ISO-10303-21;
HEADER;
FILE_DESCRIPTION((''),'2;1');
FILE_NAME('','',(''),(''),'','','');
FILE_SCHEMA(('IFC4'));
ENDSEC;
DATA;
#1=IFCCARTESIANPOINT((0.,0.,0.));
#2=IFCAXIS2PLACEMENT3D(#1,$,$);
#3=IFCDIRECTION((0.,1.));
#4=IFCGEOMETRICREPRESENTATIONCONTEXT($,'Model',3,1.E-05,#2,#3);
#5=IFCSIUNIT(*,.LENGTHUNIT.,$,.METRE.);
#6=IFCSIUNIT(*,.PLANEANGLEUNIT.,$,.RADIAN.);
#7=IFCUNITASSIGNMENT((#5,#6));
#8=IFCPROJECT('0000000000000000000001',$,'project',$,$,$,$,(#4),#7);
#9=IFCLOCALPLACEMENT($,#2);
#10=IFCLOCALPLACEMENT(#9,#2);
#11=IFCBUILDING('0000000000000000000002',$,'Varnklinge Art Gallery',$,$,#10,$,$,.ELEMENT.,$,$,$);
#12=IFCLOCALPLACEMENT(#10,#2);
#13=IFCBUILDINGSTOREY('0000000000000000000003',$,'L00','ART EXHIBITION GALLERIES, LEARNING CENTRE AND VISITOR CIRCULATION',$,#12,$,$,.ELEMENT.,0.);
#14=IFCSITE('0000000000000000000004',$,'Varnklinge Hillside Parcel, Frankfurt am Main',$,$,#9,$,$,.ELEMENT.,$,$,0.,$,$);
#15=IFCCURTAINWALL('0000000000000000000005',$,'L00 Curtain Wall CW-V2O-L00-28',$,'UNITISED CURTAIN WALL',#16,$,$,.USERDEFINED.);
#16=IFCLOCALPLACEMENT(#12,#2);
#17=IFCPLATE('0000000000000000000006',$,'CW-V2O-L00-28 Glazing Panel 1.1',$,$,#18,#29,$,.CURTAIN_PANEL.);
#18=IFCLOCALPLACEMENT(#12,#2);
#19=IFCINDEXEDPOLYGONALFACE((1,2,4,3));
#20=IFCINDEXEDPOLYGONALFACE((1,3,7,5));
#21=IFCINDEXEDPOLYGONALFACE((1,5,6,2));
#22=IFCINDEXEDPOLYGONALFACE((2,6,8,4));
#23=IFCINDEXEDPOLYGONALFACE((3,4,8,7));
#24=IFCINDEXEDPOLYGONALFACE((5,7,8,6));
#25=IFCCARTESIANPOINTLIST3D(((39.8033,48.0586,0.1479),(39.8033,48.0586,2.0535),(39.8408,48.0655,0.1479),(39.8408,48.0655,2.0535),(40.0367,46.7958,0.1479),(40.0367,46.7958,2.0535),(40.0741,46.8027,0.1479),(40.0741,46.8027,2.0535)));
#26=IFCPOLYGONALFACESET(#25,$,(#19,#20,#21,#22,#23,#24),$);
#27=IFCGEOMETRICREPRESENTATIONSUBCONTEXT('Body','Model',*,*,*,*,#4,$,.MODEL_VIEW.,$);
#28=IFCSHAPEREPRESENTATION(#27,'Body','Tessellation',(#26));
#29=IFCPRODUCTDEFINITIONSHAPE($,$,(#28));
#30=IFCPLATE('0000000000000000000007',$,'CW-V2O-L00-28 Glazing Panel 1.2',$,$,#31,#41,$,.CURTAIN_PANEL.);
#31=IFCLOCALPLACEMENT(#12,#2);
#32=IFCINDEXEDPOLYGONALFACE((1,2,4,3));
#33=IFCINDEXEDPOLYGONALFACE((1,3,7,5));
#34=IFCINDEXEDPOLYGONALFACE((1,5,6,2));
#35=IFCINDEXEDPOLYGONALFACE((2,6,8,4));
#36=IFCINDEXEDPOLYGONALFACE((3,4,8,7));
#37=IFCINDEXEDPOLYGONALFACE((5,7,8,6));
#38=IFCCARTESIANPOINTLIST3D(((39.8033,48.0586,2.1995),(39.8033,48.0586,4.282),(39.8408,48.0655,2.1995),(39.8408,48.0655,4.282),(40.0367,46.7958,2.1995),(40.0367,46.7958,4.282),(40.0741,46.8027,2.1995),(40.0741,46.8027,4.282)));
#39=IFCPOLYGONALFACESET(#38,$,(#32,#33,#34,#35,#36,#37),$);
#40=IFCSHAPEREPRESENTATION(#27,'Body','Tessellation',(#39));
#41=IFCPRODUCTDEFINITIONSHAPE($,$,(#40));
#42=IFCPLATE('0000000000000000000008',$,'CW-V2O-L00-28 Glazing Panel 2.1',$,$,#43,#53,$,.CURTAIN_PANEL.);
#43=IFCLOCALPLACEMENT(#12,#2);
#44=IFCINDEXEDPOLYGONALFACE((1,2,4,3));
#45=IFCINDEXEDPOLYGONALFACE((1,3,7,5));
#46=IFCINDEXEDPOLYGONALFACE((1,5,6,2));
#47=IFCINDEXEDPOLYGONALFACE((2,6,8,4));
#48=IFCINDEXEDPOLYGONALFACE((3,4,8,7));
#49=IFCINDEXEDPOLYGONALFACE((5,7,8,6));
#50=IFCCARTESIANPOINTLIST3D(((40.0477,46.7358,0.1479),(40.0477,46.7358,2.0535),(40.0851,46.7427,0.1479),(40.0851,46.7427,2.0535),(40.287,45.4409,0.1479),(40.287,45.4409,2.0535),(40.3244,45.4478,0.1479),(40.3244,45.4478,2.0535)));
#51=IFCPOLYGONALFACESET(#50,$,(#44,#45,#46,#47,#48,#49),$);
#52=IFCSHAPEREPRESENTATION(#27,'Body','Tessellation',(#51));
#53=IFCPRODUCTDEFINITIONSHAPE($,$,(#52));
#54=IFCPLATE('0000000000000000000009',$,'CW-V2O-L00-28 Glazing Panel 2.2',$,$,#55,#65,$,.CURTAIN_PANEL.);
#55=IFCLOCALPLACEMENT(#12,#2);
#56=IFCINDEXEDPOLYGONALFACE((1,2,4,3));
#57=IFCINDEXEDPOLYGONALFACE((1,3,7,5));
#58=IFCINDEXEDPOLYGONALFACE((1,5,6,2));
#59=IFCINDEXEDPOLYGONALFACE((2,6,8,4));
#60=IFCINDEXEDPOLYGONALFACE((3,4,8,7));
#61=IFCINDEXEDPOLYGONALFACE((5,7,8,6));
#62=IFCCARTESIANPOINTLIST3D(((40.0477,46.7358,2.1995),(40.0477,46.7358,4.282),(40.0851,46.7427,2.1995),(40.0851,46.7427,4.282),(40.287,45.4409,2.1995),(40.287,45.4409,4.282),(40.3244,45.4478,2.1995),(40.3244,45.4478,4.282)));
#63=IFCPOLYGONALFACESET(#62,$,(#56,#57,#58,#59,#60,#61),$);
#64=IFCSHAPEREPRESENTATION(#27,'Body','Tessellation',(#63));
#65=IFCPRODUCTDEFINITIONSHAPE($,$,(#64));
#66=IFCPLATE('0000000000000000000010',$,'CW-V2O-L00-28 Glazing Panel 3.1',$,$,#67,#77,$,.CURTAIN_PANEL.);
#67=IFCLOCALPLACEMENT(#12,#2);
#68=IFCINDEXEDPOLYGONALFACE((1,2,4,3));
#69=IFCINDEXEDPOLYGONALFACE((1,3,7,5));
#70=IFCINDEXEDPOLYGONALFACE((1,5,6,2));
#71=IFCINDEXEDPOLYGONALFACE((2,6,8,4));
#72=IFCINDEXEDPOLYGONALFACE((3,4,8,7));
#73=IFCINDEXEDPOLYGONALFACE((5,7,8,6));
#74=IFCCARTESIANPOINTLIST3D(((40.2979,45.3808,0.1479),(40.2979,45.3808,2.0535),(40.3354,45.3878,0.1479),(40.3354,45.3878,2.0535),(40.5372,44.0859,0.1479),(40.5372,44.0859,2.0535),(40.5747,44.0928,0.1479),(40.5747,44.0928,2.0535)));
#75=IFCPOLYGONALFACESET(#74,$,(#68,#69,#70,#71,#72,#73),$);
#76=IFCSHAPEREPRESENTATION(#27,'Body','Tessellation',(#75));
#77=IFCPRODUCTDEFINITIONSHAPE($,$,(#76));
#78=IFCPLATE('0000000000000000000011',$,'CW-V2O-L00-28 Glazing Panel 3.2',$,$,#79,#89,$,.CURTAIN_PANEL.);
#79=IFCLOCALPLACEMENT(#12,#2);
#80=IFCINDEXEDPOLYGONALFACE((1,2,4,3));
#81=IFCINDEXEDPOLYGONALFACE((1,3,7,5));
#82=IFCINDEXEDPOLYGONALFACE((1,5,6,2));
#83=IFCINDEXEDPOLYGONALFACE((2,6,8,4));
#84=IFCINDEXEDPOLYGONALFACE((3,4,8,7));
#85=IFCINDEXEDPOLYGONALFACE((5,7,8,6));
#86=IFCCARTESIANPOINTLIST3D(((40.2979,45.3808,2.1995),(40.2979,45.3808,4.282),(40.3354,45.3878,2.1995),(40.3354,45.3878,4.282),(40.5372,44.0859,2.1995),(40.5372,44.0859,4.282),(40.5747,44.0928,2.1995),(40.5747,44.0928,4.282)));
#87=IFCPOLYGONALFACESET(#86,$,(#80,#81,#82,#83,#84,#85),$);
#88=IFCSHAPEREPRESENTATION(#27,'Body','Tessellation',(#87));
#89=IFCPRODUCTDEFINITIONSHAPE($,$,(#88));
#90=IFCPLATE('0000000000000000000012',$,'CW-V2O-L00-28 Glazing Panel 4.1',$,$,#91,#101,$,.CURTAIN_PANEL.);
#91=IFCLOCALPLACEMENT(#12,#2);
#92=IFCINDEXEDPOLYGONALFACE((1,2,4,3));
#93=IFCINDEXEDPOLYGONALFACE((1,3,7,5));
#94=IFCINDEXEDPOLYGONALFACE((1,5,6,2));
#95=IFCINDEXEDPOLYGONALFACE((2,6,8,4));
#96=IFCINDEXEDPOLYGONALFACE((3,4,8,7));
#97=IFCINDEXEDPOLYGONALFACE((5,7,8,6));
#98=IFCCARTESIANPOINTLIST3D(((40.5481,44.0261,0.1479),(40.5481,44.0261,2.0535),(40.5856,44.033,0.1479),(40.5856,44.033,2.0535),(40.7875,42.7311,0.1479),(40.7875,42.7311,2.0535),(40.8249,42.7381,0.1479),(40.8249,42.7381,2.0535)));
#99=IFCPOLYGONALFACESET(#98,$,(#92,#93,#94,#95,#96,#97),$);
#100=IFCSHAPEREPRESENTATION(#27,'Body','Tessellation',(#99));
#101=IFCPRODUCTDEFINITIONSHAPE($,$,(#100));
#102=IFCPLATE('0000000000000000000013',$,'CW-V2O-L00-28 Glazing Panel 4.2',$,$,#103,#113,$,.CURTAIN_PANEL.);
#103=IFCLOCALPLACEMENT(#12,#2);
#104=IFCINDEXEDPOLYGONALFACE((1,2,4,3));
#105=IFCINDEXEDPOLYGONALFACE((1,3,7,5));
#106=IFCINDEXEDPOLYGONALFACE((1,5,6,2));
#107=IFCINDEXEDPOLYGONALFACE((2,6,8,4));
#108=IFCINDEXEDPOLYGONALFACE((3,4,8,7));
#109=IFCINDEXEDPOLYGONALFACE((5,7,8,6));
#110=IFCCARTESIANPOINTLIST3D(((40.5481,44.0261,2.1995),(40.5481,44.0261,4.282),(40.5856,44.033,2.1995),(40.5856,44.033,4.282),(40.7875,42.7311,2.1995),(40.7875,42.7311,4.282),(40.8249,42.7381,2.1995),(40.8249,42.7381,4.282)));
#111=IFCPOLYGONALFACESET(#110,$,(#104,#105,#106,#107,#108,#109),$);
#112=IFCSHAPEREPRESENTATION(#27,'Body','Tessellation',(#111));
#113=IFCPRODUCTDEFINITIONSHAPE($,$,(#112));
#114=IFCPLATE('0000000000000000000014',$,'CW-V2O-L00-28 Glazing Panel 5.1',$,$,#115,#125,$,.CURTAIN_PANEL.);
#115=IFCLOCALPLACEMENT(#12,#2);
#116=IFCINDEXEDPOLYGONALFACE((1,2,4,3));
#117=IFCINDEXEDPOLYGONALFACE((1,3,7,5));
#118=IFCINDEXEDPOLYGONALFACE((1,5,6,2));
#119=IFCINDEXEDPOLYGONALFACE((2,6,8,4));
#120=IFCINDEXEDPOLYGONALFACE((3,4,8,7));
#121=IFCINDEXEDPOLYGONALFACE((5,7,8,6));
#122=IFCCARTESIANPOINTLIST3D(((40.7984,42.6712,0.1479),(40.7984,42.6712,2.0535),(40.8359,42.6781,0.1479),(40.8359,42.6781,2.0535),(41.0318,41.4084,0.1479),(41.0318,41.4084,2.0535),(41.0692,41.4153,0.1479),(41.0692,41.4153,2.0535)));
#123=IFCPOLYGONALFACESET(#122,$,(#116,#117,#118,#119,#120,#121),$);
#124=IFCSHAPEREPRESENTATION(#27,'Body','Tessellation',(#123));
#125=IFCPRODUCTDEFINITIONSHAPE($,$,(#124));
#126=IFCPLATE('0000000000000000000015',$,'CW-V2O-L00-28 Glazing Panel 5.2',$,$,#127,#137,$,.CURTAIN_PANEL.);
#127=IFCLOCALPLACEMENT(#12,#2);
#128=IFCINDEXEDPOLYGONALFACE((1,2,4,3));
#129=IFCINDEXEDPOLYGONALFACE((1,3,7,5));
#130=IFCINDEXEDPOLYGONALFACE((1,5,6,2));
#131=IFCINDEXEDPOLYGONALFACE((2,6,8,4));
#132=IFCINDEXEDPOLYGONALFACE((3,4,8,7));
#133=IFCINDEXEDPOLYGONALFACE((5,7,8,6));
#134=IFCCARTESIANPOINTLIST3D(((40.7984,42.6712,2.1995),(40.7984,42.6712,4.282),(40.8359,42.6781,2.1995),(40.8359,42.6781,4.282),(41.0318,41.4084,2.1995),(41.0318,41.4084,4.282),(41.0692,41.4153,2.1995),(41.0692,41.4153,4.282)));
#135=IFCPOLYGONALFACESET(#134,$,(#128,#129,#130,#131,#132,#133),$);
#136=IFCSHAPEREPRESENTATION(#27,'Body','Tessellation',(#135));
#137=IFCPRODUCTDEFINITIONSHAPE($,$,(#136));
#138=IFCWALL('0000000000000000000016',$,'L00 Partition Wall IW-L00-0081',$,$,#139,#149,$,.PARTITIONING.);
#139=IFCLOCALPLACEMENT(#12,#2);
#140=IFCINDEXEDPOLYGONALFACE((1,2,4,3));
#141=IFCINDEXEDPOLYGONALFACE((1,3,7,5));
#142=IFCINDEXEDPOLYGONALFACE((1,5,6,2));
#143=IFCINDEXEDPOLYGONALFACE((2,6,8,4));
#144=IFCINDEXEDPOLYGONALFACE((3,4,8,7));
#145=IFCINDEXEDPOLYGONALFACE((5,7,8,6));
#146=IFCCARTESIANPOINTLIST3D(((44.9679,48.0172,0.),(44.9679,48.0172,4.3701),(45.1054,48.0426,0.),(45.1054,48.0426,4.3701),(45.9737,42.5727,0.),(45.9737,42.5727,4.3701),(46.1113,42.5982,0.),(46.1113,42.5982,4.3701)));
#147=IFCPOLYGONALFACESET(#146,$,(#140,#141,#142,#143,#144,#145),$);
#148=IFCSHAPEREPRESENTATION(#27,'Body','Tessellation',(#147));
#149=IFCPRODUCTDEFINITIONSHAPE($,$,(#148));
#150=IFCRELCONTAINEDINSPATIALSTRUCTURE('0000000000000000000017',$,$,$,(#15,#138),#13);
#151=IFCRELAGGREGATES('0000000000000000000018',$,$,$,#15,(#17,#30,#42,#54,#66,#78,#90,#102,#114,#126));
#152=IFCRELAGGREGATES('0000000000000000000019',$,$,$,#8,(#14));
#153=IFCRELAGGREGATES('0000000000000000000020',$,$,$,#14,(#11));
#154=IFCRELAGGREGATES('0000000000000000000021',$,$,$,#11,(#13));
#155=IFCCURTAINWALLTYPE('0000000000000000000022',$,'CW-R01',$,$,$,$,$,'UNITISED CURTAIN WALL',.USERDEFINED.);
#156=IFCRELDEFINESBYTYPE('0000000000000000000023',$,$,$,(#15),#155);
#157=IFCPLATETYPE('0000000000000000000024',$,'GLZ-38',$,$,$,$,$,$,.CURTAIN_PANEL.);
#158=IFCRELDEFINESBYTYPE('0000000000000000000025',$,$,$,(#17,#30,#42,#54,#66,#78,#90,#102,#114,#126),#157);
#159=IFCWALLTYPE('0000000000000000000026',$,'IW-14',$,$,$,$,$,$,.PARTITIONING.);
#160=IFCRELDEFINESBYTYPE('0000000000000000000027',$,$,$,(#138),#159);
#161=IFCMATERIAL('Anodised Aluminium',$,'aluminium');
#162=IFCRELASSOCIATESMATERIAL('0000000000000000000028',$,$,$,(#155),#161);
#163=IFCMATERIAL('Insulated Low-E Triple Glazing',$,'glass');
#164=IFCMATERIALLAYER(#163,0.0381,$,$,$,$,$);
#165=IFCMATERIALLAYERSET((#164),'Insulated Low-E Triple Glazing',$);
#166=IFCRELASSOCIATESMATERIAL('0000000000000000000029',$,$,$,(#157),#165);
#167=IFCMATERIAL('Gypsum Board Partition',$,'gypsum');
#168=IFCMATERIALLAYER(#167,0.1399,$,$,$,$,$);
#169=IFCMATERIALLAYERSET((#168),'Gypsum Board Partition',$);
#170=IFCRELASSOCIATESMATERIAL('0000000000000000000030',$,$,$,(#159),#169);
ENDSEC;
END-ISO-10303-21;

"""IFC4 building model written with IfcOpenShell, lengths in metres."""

from ifc_helpers import new_model, si_unit, direction, frame, frame_2d, origin, origin_2d, place, context, subcontext, project, spatial, rectangle, extrude, material, layer, layer_set, type_object, element, aggregate, save


model = new_model("IFC4")

# Units and contexts
model_context = context("Model", 3, precision=1e-05, world=origin(), true_north=direction((0.0, 1.0)))
body_context = subcontext(model_context, "Body", "Model", "MODEL_VIEW")
ifc_project = project(units=[si_unit("LENGTHUNIT", "METRE"), si_unit("PLANEANGLEUNIT", "RADIAN")], contexts=[model_context])

# Site, building, storey
site_placement = place(None, origin())
site = spatial("IfcSite", under=ifc_project, at=site_placement, Name="Varnklinge Hillside Parcel, Frankfurt am Main", CompositionType="ELEMENT", RefElevation=0.0)
building_placement = place(site_placement, origin())
building = spatial("IfcBuilding", under=site, at=building_placement, Name="Varnklinge Art Gallery", CompositionType="ELEMENT")
storey_placement = place(building_placement, origin())
storey = spatial("IfcBuildingStorey", under=building, at=storey_placement, Name="L00", Description="ART EXHIBITION GALLERIES, LEARNING CENTRE AND VISITOR CIRCULATION", CompositionType="ELEMENT", Elevation=0.0)

# Curtain wall
ifc_material_1 = material(Name="Anodised Aluminium", Category="aluminium")
curtain_wall_type = type_object("IfcCurtainWallType", Name="CW-R01", ElementType="UNITISED CURTAIN WALL", PredefinedType="USERDEFINED", material=ifc_material_1)
curtain_wall_1_placement = place(storey_placement, origin())
curtain_wall_1 = element("IfcCurtainWall", 1, at=curtain_wall_1_placement, inside=storey, type_object=curtain_wall_type, Name="L00 Curtain Wall CW-V2O-L00-28", ObjectType="UNITISED CURTAIN WALL", PredefinedType="USERDEFINED")

# Plates
ifc_material_2 = material(Name="Insulated Low-E Triple Glazing", Category="glass")
ifc_layer_1 = layer(ifc_material_2, 0.0381)
ifc_layer_set_1 = layer_set([ifc_layer_1], Name="Insulated Low-E Triple Glazing")
plate_type = type_object("IfcPlateType", Name="GLZ-38", PredefinedType="CURTAIN_PANEL", material=ifc_layer_set_1)
plate_1_placement = place(storey_placement, frame((39.9387, 47.4307, 0.1479), z_axis=(0.0, 0.0, 1.0), x_axis=(0.181721, -0.98335, 0.0)))
plate_1 = element("IfcPlate", 2, at=plate_1_placement, type_object=plate_type, Name="CW-V2O-L00-28 Glazing Panel 1.1", PredefinedType="CURTAIN_PANEL", context=body_context, shape_type="SweptSolid", body=[
    extrude(rectangle(XDim=1.2842, YDim=0.0381, at=origin_2d()), origin(), (0.0, 0.0, 1.0), 1.9055),
])
plate_2_placement = place(storey_placement, frame((39.9387, 47.4307, 2.1995), z_axis=(0.0, 0.0, 1.0), x_axis=(0.181721, -0.98335, 0.0)))
plate_2 = element("IfcPlate", 3, at=plate_2_placement, type_object=plate_type, Name="CW-V2O-L00-28 Glazing Panel 1.2", PredefinedType="CURTAIN_PANEL", context=body_context, shape_type="SweptSolid", body=[
    extrude(rectangle(XDim=1.2842, YDim=0.0381, at=origin_2d()), origin(), (0.0, 0.0, 1.0), 2.0825),
])
plate_3_placement = place(storey_placement, frame((40.186, 46.0918, 0.1479), z_axis=(0.0, 0.0, 1.0), x_axis=(0.181721, -0.98335, 0.0)))
plate_3 = element("IfcPlate", 4, at=plate_3_placement, type_object=plate_type, Name="CW-V2O-L00-28 Glazing Panel 2.1", PredefinedType="CURTAIN_PANEL", context=body_context, shape_type="SweptSolid", body=[
    extrude(rectangle(XDim=1.3169, YDim=0.0381, at=origin_2d()), origin(), (0.0, 0.0, 1.0), 1.9055),
])
plate_4_placement = place(storey_placement, frame((40.186, 46.0918, 2.1995), z_axis=(0.0, 0.0, 1.0), x_axis=(0.181721, -0.98335, 0.0)))
plate_4 = element("IfcPlate", 5, at=plate_4_placement, type_object=plate_type, Name="CW-V2O-L00-28 Glazing Panel 2.2", PredefinedType="CURTAIN_PANEL", context=body_context, shape_type="SweptSolid", body=[
    extrude(rectangle(XDim=1.3169, YDim=0.0381, at=origin_2d()), origin(), (0.0, 0.0, 1.0), 2.0825),
])
plate_5_placement = place(storey_placement, frame((40.4363, 44.7368, 0.1479), z_axis=(0.0, 0.0, 1.0), x_axis=(0.181721, -0.98335, 0.0)))
plate_5 = element("IfcPlate", 6, at=plate_5_placement, type_object=plate_type, Name="CW-V2O-L00-28 Glazing Panel 3.1", PredefinedType="CURTAIN_PANEL", context=body_context, shape_type="SweptSolid", body=[
    extrude(rectangle(XDim=1.3169, YDim=0.0381, at=origin_2d()), origin(), (0.0, 0.0, 1.0), 1.9055),
])
plate_6_placement = place(storey_placement, frame((40.4363, 44.7368, 2.1995), z_axis=(0.0, 0.0, 1.0), x_axis=(0.181721, -0.98335, 0.0)))
plate_6 = element("IfcPlate", 7, at=plate_6_placement, type_object=plate_type, Name="CW-V2O-L00-28 Glazing Panel 3.2", PredefinedType="CURTAIN_PANEL", context=body_context, shape_type="SweptSolid", body=[
    extrude(rectangle(XDim=1.3169, YDim=0.0381, at=origin_2d()), origin(), (0.0, 0.0, 1.0), 2.0825),
])
plate_7_placement = place(storey_placement, frame((40.6865, 43.3821, 0.1479), z_axis=(0.0, 0.0, 1.0), x_axis=(0.181721, -0.98335, 0.0)))
plate_7 = element("IfcPlate", 8, at=plate_7_placement, type_object=plate_type, Name="CW-V2O-L00-28 Glazing Panel 4.1", PredefinedType="CURTAIN_PANEL", context=body_context, shape_type="SweptSolid", body=[
    extrude(rectangle(XDim=1.3169, YDim=0.0381, at=origin_2d()), origin(), (0.0, 0.0, 1.0), 1.9055),
])
plate_8_placement = place(storey_placement, frame((40.6865, 43.3821, 2.1995), z_axis=(0.0, 0.0, 1.0), x_axis=(0.181721, -0.98335, 0.0)))
plate_8 = element("IfcPlate", 9, at=plate_8_placement, type_object=plate_type, Name="CW-V2O-L00-28 Glazing Panel 4.2", PredefinedType="CURTAIN_PANEL", context=body_context, shape_type="SweptSolid", body=[
    extrude(rectangle(XDim=1.3169, YDim=0.0381, at=origin_2d()), origin(), (0.0, 0.0, 1.0), 2.0825),
])
plate_9_placement = place(storey_placement, frame((40.9338, 42.0432, 0.1479), z_axis=(0.0, 0.0, 1.0), x_axis=(0.181721, -0.98335, 0.0)))
plate_9 = element("IfcPlate", 10, at=plate_9_placement, type_object=plate_type, Name="CW-V2O-L00-28 Glazing Panel 5.1", PredefinedType="CURTAIN_PANEL", context=body_context, shape_type="SweptSolid", body=[
    extrude(rectangle(XDim=1.2842, YDim=0.0381, at=origin_2d()), origin(), (0.0, 0.0, 1.0), 1.9055),
])
plate_10_placement = place(storey_placement, frame((40.9338, 42.0432, 2.1995), z_axis=(0.0, 0.0, 1.0), x_axis=(0.181721, -0.98335, 0.0)))
plate_10 = element("IfcPlate", 11, at=plate_10_placement, type_object=plate_type, Name="CW-V2O-L00-28 Glazing Panel 5.2", PredefinedType="CURTAIN_PANEL", context=body_context, shape_type="SweptSolid", body=[
    extrude(rectangle(XDim=1.2842, YDim=0.0381, at=origin_2d()), origin(), (0.0, 0.0, 1.0), 2.0825),
])
aggregate(curtain_wall_1, [plate_1, plate_2, plate_3, plate_4, plate_5, plate_6, plate_7, plate_8, plate_9, plate_10])

# Wall
ifc_material_3 = material(Name="Gypsum Board Partition", Category="gypsum")
ifc_layer_2 = layer(ifc_material_3, 0.1399)
ifc_layer_set_2 = layer_set([ifc_layer_2], Name="Gypsum Board Partition")
wall_type = type_object("IfcWallType", Name="IW-14", PredefinedType="PARTITIONING", material=ifc_layer_set_2)
wall_placement = place(storey_placement, frame((46.0425, 42.5854, 0.0), z_axis=(0.0, 0.0, 1.0), x_axis=(-0.181671, 0.983359, 0.0)))
element("IfcWall", 12, at=wall_placement, inside=storey, type_object=wall_type, Name="L00 Partition Wall IW-L00-0081", PredefinedType="PARTITIONING", context=body_context, shape_type="SweptSolid", body=[
    extrude(rectangle(XDim=5.5366, YDim=0.1399, at=frame_2d((2.7683, 0.0))), origin(), (0.0, 0.0, 1.0), 4.3701),
])

save(model, "model.ifc")
